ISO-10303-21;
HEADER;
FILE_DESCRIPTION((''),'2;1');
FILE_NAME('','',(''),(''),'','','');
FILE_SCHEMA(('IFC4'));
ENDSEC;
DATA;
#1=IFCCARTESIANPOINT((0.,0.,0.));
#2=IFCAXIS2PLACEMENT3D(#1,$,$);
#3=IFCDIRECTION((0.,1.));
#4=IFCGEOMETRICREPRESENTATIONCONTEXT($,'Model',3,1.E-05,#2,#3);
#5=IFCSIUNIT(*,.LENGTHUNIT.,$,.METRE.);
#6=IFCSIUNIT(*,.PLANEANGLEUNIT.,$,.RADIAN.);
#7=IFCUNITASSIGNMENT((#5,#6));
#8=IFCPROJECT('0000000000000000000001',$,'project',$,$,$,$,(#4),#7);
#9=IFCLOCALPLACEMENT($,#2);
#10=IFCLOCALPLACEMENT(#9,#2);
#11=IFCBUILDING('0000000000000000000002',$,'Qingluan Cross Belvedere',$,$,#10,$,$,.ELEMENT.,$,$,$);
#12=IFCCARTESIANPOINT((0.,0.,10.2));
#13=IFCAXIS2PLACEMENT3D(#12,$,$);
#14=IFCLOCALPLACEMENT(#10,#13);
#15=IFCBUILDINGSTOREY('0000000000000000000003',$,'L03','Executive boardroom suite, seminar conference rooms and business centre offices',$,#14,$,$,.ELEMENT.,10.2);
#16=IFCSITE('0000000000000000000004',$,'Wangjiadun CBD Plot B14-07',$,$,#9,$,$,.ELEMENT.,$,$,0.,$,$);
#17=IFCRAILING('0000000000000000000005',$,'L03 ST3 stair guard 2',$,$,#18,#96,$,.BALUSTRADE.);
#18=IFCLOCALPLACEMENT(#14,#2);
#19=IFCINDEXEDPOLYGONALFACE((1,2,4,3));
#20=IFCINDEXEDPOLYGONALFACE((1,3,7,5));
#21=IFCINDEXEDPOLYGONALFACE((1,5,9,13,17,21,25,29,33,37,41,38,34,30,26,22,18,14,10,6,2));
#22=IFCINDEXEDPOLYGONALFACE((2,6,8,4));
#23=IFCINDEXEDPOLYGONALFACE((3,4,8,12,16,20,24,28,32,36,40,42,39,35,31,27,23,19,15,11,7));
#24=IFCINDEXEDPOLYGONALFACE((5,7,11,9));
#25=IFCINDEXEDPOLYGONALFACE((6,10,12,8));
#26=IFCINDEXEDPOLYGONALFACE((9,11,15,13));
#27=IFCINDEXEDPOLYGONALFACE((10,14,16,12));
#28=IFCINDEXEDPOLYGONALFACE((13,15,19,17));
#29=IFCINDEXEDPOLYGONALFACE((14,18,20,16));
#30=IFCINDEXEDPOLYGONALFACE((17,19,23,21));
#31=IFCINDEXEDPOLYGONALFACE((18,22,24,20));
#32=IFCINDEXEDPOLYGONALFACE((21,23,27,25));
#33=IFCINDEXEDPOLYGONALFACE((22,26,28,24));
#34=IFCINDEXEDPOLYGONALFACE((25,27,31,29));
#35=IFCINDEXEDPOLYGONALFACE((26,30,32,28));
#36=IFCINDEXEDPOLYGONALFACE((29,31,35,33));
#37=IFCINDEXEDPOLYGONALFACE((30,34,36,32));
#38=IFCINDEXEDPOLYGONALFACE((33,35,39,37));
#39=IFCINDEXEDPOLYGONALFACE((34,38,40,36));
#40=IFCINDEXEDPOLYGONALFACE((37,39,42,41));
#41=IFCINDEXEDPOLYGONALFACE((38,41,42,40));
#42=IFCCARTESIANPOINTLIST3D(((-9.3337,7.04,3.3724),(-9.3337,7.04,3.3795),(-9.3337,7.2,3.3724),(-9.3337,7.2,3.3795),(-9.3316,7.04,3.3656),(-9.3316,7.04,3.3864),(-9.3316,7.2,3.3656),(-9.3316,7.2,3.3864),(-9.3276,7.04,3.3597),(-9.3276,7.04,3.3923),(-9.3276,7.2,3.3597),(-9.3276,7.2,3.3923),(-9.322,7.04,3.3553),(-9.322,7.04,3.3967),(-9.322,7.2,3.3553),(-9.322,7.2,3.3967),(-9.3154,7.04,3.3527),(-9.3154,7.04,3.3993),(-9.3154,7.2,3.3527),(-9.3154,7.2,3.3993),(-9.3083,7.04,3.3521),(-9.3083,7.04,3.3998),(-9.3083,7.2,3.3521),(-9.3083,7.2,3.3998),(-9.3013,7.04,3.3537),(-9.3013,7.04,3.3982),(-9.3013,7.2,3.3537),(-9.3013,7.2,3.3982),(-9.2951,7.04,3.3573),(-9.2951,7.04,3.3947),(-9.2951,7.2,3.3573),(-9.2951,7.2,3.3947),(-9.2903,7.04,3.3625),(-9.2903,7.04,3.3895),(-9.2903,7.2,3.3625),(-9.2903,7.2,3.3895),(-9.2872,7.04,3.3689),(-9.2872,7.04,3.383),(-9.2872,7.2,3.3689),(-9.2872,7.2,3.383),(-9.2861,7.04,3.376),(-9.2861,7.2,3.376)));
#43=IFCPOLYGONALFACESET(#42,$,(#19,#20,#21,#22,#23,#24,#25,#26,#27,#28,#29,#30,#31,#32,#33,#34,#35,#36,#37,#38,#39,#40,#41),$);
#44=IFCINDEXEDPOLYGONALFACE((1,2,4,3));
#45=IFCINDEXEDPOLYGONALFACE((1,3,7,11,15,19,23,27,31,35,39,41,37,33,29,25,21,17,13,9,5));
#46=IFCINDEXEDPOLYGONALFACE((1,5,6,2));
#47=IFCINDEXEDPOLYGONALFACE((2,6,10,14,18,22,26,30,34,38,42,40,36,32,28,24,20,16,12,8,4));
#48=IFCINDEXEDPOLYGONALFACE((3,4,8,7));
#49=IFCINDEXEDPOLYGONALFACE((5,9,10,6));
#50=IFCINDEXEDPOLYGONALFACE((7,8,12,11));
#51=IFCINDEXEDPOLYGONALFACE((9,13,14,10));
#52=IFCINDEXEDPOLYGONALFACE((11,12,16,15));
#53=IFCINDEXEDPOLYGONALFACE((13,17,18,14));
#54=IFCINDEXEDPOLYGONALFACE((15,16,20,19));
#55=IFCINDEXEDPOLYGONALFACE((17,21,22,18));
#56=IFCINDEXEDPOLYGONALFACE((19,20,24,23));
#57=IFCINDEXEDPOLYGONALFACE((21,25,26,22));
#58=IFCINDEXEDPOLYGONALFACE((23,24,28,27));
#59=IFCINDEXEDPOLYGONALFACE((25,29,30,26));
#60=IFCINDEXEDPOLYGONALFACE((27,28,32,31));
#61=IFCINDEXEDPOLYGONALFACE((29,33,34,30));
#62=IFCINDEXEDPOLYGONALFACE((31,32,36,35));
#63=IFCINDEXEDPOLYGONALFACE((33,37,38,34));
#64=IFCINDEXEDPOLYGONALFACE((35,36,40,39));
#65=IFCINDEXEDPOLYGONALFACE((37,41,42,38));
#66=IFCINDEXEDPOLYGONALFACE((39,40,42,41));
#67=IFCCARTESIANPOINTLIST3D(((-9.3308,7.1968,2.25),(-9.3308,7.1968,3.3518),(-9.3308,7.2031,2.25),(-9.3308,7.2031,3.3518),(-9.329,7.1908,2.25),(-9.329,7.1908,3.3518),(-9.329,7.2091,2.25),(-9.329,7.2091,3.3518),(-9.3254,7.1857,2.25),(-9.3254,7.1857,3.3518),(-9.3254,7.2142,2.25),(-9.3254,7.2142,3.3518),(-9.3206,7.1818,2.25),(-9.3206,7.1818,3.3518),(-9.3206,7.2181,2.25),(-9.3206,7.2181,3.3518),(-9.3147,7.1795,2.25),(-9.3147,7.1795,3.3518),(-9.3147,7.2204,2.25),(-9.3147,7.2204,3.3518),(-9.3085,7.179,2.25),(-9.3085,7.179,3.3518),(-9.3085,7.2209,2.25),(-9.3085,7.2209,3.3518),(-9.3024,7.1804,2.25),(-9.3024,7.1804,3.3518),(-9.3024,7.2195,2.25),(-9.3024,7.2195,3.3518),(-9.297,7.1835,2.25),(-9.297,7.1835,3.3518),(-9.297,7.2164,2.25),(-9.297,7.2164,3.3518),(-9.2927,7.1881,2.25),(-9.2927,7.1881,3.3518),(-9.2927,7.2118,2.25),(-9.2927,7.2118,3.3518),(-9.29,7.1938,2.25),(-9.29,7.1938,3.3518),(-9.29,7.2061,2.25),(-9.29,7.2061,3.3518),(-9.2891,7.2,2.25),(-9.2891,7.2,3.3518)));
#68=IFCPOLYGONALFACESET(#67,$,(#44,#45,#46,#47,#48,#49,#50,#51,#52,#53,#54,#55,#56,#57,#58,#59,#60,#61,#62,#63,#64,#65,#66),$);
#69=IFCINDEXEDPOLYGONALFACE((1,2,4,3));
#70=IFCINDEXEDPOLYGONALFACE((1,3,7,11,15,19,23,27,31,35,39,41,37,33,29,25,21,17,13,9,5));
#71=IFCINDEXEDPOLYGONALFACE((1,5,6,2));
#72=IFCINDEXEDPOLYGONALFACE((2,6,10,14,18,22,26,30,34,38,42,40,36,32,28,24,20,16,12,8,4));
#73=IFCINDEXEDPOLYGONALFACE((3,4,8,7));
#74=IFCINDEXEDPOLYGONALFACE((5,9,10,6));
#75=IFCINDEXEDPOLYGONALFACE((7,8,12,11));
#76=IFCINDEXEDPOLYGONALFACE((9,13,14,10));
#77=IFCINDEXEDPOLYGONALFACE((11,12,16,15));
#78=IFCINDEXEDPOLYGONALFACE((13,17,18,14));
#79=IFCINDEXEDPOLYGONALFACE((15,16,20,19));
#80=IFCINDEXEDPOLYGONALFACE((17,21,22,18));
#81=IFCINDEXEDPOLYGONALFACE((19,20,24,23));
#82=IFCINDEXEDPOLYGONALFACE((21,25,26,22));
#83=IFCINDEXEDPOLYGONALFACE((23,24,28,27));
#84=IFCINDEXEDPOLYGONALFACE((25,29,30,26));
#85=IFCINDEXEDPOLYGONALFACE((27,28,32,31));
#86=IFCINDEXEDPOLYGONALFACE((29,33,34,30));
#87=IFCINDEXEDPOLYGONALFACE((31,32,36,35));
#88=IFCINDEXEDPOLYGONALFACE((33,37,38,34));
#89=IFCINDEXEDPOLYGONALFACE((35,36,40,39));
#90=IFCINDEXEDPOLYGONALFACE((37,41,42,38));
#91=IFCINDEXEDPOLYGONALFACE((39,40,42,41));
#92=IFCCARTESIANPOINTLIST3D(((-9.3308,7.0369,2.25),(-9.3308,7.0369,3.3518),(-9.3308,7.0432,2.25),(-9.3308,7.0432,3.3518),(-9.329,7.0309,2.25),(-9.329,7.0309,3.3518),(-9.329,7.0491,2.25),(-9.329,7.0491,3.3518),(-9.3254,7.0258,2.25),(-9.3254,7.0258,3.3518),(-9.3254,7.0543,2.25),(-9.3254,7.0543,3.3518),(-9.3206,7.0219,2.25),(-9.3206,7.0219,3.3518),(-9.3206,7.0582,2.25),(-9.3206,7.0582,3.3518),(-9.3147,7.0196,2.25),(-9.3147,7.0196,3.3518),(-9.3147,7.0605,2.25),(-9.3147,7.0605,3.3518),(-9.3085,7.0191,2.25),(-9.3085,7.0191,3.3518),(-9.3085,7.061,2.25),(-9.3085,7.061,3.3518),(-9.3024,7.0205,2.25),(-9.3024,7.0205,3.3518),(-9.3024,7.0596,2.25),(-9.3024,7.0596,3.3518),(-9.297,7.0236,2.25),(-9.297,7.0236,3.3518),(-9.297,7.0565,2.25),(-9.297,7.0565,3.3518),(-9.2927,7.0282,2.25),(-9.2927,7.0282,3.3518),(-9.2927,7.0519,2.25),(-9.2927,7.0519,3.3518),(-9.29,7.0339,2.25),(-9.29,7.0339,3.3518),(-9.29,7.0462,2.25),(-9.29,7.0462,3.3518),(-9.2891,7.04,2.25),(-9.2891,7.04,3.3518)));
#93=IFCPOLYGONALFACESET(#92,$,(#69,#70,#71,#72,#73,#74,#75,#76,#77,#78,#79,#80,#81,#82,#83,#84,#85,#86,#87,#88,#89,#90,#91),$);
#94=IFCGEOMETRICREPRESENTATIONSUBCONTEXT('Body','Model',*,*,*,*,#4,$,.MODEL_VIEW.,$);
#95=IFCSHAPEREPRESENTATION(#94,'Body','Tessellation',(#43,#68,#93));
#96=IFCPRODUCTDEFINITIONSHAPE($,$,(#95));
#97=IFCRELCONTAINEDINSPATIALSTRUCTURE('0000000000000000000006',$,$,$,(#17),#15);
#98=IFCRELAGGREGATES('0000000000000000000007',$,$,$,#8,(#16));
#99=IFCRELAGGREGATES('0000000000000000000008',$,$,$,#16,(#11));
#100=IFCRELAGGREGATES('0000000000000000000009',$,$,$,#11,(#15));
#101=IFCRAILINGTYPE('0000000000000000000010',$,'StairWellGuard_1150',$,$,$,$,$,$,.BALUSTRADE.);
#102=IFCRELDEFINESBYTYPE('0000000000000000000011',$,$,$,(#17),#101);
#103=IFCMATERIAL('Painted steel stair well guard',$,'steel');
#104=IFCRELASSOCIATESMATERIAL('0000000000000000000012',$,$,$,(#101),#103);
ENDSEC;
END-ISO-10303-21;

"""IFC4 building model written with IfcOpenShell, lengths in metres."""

from ifc_helpers import new_model, si_unit, direction, frame, origin, origin_2d, place, context, subcontext, project, spatial, circle, extrude, material, type_object, element, save


model = new_model("IFC4")

# Units and contexts
model_context = context("Model", 3, precision=1e-05, world=origin(), true_north=direction((0.0, 1.0)))
body_context = subcontext(model_context, "Body", "Model", "MODEL_VIEW")
ifc_project = project(units=[si_unit("LENGTHUNIT", "METRE"), si_unit("PLANEANGLEUNIT", "RADIAN")], contexts=[model_context])

# Site, building, storey
site_placement = place(None, origin())
site = spatial("IfcSite", under=ifc_project, at=site_placement, Name="Wangjiadun CBD Plot B14-07", CompositionType="ELEMENT", RefElevation=0.0)
building_placement = place(site_placement, origin())
building = spatial("IfcBuilding", under=site, at=building_placement, Name="Qingluan Cross Belvedere", CompositionType="ELEMENT")
storey_placement = place(building_placement, frame((0.0, 0.0, 10.2)))
storey = spatial("IfcBuildingStorey", under=building, at=storey_placement, Name="L03", Description="Executive boardroom suite, seminar conference rooms and business centre offices", CompositionType="ELEMENT", Elevation=10.2)

# Railing
ifc_material_1 = material(Name="Painted steel stair well guard", Category="steel")
railing_type_1 = type_object("IfcRailingType", Name="StairWellGuard_1150", PredefinedType="BALUSTRADE", material=ifc_material_1)
railing_1_placement = place(storey_placement, frame((-9.3101, 7.2, 2.25)))
element("IfcRailing", 1, at=railing_1_placement, inside=storey, type_object=railing_type_1, Name="L03 ST3 stair guard 2", PredefinedType="BALUSTRADE", context=body_context, shape_type="SweptSolid", body=[
    extrude(circle(Radius=0.0239, at=origin_2d()), frame((0.0, 0.0, 1.126), z_axis=(0.0, -1.0, 0.0), x_axis=(1.0, 0.0, 0.0)), (0.0, 0.0, 1.0), 0.1599),
    extrude(circle(Radius=0.021, at=origin_2d()), origin(), (0.0, 0.0, 1.0), 1.1018),
    extrude(circle(Radius=0.021, at=origin_2d()), frame((0.0, -0.1599, 0.0)), (0.0, 0.0, 1.0), 1.1018),
])

save(model, "model.ifc")
